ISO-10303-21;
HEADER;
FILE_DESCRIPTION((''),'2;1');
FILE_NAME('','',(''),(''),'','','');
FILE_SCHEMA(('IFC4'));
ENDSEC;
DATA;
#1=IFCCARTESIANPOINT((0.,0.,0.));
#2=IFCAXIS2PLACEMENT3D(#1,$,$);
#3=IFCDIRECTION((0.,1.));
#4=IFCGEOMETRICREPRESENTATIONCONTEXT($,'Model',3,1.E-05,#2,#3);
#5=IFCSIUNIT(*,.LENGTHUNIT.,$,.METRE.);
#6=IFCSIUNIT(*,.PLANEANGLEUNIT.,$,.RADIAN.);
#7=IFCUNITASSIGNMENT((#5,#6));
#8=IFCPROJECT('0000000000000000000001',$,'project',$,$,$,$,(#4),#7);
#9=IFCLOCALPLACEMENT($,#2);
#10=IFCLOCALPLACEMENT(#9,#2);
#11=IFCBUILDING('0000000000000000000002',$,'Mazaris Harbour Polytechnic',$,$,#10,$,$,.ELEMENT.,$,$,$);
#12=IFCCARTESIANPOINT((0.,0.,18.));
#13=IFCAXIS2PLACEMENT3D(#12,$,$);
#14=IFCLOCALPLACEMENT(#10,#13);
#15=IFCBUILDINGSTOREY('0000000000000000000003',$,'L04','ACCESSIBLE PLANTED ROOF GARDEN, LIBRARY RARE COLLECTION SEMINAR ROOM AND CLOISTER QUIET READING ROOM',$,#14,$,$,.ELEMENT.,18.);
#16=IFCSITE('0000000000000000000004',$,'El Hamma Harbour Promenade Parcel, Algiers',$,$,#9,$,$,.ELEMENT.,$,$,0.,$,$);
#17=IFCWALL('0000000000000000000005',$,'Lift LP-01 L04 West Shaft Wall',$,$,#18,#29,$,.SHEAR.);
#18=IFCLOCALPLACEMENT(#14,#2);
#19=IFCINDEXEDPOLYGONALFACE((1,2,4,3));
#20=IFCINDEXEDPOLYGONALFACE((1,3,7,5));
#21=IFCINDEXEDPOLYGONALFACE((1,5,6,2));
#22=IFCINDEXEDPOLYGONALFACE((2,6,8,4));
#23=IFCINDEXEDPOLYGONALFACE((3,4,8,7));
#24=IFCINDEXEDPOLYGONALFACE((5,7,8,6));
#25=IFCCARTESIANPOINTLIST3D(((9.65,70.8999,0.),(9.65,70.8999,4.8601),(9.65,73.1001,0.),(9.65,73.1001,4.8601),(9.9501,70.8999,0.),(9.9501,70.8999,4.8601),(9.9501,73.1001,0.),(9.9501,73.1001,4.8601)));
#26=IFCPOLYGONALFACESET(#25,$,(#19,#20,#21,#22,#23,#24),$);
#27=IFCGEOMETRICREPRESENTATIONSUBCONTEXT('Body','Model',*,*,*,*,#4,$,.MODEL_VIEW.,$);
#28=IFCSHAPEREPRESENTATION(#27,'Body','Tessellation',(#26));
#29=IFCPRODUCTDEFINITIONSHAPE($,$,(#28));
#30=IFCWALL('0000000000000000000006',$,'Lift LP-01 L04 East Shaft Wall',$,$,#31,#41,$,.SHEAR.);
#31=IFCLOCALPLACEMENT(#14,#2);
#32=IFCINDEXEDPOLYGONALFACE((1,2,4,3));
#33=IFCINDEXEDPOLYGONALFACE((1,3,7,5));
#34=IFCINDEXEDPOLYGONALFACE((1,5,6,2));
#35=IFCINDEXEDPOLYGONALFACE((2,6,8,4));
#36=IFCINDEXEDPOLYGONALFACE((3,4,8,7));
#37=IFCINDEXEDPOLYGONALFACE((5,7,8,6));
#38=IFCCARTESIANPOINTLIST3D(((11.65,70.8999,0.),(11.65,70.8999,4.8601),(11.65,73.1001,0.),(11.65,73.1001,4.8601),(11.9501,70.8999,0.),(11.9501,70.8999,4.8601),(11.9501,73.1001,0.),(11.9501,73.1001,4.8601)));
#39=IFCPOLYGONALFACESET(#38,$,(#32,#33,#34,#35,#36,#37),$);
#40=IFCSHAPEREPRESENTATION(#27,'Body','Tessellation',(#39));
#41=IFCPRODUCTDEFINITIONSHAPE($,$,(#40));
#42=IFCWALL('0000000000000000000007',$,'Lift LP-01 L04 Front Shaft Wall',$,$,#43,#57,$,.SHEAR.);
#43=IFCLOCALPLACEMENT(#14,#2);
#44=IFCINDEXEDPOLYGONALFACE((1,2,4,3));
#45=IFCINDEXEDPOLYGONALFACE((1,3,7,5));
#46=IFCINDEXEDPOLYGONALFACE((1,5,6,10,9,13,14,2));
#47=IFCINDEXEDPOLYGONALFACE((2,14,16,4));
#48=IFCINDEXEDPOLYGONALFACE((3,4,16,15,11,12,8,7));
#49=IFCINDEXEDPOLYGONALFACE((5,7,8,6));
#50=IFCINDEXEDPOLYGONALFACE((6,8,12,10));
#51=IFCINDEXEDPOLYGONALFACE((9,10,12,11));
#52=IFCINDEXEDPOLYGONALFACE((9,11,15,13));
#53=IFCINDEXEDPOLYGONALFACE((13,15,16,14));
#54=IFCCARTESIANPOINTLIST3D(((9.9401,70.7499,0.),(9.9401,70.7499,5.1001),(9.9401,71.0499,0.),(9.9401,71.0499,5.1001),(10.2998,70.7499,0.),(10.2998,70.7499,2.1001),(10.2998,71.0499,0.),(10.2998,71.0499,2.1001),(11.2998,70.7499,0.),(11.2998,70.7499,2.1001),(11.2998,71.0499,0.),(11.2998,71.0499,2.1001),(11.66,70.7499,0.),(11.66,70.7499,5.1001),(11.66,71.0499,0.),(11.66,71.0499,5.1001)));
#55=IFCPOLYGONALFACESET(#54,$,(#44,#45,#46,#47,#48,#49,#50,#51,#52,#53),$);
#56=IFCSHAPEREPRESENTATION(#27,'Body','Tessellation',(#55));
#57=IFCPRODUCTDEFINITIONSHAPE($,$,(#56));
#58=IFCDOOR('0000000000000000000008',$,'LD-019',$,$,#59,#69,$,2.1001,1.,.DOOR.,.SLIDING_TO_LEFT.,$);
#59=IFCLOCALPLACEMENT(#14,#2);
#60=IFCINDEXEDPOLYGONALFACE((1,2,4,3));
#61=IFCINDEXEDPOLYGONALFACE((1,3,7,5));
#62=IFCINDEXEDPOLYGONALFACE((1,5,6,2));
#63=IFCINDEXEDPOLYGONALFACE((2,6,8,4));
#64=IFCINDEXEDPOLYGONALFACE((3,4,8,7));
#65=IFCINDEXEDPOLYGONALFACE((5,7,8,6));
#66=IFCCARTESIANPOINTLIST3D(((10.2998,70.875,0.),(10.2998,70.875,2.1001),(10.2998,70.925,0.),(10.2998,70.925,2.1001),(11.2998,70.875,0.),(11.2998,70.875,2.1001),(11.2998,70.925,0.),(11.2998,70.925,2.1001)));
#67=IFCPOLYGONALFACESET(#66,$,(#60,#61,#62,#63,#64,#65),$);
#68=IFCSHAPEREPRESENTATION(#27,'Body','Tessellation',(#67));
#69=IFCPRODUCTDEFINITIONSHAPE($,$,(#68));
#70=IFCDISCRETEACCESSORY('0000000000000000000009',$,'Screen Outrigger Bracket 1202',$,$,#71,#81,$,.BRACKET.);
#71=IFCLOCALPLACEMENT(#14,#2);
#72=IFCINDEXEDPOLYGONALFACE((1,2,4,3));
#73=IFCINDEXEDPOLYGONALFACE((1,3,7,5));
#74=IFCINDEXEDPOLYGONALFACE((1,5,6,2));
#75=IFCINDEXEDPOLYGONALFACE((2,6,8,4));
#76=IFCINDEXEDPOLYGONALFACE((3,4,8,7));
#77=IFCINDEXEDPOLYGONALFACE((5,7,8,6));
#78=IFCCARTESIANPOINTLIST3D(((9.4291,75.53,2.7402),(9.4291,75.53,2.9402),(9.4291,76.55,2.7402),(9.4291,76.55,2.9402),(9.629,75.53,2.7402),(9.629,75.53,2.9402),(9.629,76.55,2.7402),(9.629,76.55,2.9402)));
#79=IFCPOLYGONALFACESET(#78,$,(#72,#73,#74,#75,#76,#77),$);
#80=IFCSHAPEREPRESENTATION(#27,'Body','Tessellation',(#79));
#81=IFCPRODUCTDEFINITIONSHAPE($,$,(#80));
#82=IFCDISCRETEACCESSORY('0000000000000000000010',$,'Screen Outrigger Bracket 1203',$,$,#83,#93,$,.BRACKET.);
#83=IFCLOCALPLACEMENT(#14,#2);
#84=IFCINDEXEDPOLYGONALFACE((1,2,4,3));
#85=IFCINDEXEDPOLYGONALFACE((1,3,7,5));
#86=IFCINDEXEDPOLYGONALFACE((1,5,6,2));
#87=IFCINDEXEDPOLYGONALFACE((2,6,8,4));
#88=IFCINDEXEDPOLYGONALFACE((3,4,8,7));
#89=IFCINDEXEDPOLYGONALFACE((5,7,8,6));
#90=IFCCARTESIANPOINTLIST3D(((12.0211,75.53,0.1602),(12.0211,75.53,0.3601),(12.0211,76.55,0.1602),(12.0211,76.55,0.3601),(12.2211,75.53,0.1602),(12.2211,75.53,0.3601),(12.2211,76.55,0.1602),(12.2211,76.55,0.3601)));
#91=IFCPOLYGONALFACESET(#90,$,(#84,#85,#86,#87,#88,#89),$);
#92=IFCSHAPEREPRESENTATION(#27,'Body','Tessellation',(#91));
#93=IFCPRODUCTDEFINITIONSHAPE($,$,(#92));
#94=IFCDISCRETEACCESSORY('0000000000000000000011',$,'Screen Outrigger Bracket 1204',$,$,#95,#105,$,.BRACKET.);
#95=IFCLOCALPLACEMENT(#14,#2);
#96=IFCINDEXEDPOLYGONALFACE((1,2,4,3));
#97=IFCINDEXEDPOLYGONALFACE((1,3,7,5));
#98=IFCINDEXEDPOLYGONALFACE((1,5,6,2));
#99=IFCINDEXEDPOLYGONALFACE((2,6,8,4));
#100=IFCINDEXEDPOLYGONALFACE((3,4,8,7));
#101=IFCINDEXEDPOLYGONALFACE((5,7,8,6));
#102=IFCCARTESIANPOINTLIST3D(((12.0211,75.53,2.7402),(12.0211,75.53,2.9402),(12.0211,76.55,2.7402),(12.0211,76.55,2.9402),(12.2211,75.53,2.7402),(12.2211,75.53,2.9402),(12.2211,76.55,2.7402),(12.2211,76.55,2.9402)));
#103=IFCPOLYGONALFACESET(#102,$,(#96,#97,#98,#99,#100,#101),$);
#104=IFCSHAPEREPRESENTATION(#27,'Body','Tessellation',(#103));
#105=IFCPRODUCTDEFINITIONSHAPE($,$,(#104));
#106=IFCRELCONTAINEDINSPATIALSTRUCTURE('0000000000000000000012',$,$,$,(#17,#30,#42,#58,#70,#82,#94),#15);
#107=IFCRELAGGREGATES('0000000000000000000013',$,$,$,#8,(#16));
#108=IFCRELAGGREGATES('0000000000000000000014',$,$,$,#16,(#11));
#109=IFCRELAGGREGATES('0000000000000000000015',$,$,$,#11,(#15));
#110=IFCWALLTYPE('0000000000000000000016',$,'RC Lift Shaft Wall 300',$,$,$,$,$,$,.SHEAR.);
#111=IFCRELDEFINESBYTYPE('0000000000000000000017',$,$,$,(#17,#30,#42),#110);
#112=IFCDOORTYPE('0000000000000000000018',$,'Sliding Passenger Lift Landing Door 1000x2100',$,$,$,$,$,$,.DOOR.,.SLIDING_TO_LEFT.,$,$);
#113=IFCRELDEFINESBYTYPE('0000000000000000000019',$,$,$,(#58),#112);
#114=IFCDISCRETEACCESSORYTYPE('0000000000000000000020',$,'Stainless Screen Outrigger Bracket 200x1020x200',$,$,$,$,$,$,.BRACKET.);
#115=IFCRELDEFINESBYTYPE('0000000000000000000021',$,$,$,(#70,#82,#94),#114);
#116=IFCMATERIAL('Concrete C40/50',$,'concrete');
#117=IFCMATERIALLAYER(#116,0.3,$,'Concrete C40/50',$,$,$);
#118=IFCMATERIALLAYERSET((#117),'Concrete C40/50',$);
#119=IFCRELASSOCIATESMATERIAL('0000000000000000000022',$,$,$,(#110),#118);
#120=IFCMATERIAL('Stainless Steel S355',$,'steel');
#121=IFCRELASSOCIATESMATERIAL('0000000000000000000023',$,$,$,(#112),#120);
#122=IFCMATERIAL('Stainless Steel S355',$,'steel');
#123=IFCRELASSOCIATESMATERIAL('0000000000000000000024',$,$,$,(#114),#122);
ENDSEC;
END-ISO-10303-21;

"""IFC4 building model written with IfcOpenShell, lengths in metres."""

from ifc_helpers import new_model, si_unit, direction, frame, frame_2d, origin, origin_2d, place, context, subcontext, project, spatial, rectangle, extrude, material, layer, layer_set, type_object, element, fill, save


model = new_model("IFC4")

# Units and contexts
model_context = context("Model", 3, precision=1e-05, world=origin(), true_north=direction((0.0, 1.0)))
body_context = subcontext(model_context, "Body", "Model", "MODEL_VIEW")
ifc_project = project(units=[si_unit("LENGTHUNIT", "METRE"), si_unit("PLANEANGLEUNIT", "RADIAN")], contexts=[model_context])

# Site, building, storey
site_placement = place(None, origin())
site = spatial("IfcSite", under=ifc_project, at=site_placement, Name="El Hamma Harbour Promenade Parcel, Algiers", CompositionType="ELEMENT", RefElevation=0.0)
building_placement = place(site_placement, origin())
building = spatial("IfcBuilding", under=site, at=building_placement, Name="Mazaris Harbour Polytechnic", CompositionType="ELEMENT")
storey_placement = place(building_placement, frame((0.0, 0.0, 18.0)))
storey = spatial("IfcBuildingStorey", under=building, at=storey_placement, Name="L04", Description="ACCESSIBLE PLANTED ROOF GARDEN, LIBRARY RARE COLLECTION SEMINAR ROOM AND CLOISTER QUIET READING ROOM", CompositionType="ELEMENT", Elevation=18.0)

# Walls
ifc_material_1 = material(Name="Concrete C40/50", Category="concrete")
ifc_layer_1 = layer(ifc_material_1, 0.3, Name="Concrete C40/50")
ifc_layer_set_1 = layer_set([ifc_layer_1], Name="Concrete C40/50")
wall_type_1 = type_object("IfcWallType", Name="RC Lift Shaft Wall 300", PredefinedType="SHEAR", material=ifc_layer_set_1)
for number, where, z_axis, x_axis, name in (
    (1, (9.8, 73.1001, 0.0), (0.0, 0.0, 1.0), (0.0, -1.0, 0.0), "Lift LP-01 L04 West Shaft Wall"),
    (2, (11.8, 70.8999, 0.0), (0.0, 0.0, 1.0), (0.0, 1.0, 0.0), "Lift LP-01 L04 East Shaft Wall"),
):
    element("IfcWall", number, at=place(storey_placement, frame(where, z_axis=z_axis, x_axis=x_axis)), inside=storey, type_object=wall_type_1, Name=name, PredefinedType="SHEAR", context=body_context, shape_type="SweptSolid", body=[
        extrude(rectangle(XDim=2.2002, YDim=0.3, at=frame_2d((1.1001, 0.0))), origin(), (0.0, 0.0, 1.0), 4.8601),
    ])

# Wall, opening, door
wall_1_placement = place(storey_placement, frame((11.6599, 70.8999, 0.0), z_axis=(0.0, 0.0, 1.0), x_axis=(-1.0, 0.0, 0.0)))
wall_1 = element("IfcWall", 3, at=wall_1_placement, inside=storey, type_object=wall_type_1, Name="Lift LP-01 L04 Front Shaft Wall", PredefinedType="SHEAR", context=body_context, shape_type="SweptSolid", body=[
    extrude(rectangle(XDim=1.72, YDim=0.3, at=frame_2d((0.8599, 0.0))), origin(), (0.0, 0.0, 1.0), 5.1001),
])
opening_1_placement = place(wall_1_placement, frame((0.3601, 0.0, 0.0)))
opening_1 = element("IfcOpeningElement", 4, at=opening_1_placement, cuts=wall_1, PredefinedType="OPENING", context=body_context, shape_type="SweptSolid", body=[
    extrude(rectangle(XDim=1.0, YDim=2.1001, at=frame_2d((0.5, 1.05))), frame((0.0, 0.1599, 0.0), z_axis=(0.0, -1.0, 0.0), x_axis=(1.0, 0.0, 0.0)), (0.0, 0.0, 1.0), 0.3201),
])
ifc_material_2 = material(Name="Stainless Steel S355", Category="steel")
door_type_1 = type_object("IfcDoorType", Name="Sliding Passenger Lift Landing Door 1000x2100", OperationType="SLIDING_TO_LEFT", PredefinedType="DOOR", material=ifc_material_2)
door_1_placement = place(opening_1_placement, origin())
door_1 = element("IfcDoor", 5, at=door_1_placement, inside=storey, type_object=door_type_1, Name="LD-019", OperationType="SLIDING_TO_LEFT", OverallHeight=2.1001, OverallWidth=1.0, PredefinedType="DOOR", context=body_context, shape_type="SweptSolid", body=[
    extrude(rectangle(XDim=1.0, YDim=2.1001, at=frame_2d((0.5, 1.05))), frame((0.0, 0.0249, 0.0), z_axis=(0.0, -1.0, 0.0), x_axis=(1.0, 0.0, 0.0)), (0.0, 0.0, 1.0), 0.05),
])
fill(opening_1, door_1)

# Discrete accessories
ifc_material_3 = material(Name="Stainless Steel S355", Category="steel")
discrete_accessory_type = type_object("IfcDiscreteAccessoryType", Name="Stainless Screen Outrigger Bracket 200x1020x200", PredefinedType="BRACKET", material=ifc_material_3)
for number, where, z_axis, x_axis, name in (
    (6, (9.5291, 76.04, 2.7402), (0.0, 0.0, 1.0), (1.0, 0.0, 0.0), "Screen Outrigger Bracket 1202"),
    (7, (12.1211, 76.04, 0.1602), (0.0, 0.0, 1.0), (1.0, 0.0, 0.0), "Screen Outrigger Bracket 1203"),
    (8, (12.1211, 76.04, 2.7402), (0.0, 0.0, 1.0), (1.0, 0.0, 0.0), "Screen Outrigger Bracket 1204"),
):
    element("IfcDiscreteAccessory", number, at=place(storey_placement, frame(where, z_axis=z_axis, x_axis=x_axis)), inside=storey, type_object=discrete_accessory_type, Name=name, PredefinedType="BRACKET", context=body_context, shape_type="SweptSolid", body=[
        extrude(rectangle(XDim=0.2, YDim=1.02, at=origin_2d()), origin(), (0.0, 0.0, 1.0), 0.2),
    ])

save(model, "model.ifc")
